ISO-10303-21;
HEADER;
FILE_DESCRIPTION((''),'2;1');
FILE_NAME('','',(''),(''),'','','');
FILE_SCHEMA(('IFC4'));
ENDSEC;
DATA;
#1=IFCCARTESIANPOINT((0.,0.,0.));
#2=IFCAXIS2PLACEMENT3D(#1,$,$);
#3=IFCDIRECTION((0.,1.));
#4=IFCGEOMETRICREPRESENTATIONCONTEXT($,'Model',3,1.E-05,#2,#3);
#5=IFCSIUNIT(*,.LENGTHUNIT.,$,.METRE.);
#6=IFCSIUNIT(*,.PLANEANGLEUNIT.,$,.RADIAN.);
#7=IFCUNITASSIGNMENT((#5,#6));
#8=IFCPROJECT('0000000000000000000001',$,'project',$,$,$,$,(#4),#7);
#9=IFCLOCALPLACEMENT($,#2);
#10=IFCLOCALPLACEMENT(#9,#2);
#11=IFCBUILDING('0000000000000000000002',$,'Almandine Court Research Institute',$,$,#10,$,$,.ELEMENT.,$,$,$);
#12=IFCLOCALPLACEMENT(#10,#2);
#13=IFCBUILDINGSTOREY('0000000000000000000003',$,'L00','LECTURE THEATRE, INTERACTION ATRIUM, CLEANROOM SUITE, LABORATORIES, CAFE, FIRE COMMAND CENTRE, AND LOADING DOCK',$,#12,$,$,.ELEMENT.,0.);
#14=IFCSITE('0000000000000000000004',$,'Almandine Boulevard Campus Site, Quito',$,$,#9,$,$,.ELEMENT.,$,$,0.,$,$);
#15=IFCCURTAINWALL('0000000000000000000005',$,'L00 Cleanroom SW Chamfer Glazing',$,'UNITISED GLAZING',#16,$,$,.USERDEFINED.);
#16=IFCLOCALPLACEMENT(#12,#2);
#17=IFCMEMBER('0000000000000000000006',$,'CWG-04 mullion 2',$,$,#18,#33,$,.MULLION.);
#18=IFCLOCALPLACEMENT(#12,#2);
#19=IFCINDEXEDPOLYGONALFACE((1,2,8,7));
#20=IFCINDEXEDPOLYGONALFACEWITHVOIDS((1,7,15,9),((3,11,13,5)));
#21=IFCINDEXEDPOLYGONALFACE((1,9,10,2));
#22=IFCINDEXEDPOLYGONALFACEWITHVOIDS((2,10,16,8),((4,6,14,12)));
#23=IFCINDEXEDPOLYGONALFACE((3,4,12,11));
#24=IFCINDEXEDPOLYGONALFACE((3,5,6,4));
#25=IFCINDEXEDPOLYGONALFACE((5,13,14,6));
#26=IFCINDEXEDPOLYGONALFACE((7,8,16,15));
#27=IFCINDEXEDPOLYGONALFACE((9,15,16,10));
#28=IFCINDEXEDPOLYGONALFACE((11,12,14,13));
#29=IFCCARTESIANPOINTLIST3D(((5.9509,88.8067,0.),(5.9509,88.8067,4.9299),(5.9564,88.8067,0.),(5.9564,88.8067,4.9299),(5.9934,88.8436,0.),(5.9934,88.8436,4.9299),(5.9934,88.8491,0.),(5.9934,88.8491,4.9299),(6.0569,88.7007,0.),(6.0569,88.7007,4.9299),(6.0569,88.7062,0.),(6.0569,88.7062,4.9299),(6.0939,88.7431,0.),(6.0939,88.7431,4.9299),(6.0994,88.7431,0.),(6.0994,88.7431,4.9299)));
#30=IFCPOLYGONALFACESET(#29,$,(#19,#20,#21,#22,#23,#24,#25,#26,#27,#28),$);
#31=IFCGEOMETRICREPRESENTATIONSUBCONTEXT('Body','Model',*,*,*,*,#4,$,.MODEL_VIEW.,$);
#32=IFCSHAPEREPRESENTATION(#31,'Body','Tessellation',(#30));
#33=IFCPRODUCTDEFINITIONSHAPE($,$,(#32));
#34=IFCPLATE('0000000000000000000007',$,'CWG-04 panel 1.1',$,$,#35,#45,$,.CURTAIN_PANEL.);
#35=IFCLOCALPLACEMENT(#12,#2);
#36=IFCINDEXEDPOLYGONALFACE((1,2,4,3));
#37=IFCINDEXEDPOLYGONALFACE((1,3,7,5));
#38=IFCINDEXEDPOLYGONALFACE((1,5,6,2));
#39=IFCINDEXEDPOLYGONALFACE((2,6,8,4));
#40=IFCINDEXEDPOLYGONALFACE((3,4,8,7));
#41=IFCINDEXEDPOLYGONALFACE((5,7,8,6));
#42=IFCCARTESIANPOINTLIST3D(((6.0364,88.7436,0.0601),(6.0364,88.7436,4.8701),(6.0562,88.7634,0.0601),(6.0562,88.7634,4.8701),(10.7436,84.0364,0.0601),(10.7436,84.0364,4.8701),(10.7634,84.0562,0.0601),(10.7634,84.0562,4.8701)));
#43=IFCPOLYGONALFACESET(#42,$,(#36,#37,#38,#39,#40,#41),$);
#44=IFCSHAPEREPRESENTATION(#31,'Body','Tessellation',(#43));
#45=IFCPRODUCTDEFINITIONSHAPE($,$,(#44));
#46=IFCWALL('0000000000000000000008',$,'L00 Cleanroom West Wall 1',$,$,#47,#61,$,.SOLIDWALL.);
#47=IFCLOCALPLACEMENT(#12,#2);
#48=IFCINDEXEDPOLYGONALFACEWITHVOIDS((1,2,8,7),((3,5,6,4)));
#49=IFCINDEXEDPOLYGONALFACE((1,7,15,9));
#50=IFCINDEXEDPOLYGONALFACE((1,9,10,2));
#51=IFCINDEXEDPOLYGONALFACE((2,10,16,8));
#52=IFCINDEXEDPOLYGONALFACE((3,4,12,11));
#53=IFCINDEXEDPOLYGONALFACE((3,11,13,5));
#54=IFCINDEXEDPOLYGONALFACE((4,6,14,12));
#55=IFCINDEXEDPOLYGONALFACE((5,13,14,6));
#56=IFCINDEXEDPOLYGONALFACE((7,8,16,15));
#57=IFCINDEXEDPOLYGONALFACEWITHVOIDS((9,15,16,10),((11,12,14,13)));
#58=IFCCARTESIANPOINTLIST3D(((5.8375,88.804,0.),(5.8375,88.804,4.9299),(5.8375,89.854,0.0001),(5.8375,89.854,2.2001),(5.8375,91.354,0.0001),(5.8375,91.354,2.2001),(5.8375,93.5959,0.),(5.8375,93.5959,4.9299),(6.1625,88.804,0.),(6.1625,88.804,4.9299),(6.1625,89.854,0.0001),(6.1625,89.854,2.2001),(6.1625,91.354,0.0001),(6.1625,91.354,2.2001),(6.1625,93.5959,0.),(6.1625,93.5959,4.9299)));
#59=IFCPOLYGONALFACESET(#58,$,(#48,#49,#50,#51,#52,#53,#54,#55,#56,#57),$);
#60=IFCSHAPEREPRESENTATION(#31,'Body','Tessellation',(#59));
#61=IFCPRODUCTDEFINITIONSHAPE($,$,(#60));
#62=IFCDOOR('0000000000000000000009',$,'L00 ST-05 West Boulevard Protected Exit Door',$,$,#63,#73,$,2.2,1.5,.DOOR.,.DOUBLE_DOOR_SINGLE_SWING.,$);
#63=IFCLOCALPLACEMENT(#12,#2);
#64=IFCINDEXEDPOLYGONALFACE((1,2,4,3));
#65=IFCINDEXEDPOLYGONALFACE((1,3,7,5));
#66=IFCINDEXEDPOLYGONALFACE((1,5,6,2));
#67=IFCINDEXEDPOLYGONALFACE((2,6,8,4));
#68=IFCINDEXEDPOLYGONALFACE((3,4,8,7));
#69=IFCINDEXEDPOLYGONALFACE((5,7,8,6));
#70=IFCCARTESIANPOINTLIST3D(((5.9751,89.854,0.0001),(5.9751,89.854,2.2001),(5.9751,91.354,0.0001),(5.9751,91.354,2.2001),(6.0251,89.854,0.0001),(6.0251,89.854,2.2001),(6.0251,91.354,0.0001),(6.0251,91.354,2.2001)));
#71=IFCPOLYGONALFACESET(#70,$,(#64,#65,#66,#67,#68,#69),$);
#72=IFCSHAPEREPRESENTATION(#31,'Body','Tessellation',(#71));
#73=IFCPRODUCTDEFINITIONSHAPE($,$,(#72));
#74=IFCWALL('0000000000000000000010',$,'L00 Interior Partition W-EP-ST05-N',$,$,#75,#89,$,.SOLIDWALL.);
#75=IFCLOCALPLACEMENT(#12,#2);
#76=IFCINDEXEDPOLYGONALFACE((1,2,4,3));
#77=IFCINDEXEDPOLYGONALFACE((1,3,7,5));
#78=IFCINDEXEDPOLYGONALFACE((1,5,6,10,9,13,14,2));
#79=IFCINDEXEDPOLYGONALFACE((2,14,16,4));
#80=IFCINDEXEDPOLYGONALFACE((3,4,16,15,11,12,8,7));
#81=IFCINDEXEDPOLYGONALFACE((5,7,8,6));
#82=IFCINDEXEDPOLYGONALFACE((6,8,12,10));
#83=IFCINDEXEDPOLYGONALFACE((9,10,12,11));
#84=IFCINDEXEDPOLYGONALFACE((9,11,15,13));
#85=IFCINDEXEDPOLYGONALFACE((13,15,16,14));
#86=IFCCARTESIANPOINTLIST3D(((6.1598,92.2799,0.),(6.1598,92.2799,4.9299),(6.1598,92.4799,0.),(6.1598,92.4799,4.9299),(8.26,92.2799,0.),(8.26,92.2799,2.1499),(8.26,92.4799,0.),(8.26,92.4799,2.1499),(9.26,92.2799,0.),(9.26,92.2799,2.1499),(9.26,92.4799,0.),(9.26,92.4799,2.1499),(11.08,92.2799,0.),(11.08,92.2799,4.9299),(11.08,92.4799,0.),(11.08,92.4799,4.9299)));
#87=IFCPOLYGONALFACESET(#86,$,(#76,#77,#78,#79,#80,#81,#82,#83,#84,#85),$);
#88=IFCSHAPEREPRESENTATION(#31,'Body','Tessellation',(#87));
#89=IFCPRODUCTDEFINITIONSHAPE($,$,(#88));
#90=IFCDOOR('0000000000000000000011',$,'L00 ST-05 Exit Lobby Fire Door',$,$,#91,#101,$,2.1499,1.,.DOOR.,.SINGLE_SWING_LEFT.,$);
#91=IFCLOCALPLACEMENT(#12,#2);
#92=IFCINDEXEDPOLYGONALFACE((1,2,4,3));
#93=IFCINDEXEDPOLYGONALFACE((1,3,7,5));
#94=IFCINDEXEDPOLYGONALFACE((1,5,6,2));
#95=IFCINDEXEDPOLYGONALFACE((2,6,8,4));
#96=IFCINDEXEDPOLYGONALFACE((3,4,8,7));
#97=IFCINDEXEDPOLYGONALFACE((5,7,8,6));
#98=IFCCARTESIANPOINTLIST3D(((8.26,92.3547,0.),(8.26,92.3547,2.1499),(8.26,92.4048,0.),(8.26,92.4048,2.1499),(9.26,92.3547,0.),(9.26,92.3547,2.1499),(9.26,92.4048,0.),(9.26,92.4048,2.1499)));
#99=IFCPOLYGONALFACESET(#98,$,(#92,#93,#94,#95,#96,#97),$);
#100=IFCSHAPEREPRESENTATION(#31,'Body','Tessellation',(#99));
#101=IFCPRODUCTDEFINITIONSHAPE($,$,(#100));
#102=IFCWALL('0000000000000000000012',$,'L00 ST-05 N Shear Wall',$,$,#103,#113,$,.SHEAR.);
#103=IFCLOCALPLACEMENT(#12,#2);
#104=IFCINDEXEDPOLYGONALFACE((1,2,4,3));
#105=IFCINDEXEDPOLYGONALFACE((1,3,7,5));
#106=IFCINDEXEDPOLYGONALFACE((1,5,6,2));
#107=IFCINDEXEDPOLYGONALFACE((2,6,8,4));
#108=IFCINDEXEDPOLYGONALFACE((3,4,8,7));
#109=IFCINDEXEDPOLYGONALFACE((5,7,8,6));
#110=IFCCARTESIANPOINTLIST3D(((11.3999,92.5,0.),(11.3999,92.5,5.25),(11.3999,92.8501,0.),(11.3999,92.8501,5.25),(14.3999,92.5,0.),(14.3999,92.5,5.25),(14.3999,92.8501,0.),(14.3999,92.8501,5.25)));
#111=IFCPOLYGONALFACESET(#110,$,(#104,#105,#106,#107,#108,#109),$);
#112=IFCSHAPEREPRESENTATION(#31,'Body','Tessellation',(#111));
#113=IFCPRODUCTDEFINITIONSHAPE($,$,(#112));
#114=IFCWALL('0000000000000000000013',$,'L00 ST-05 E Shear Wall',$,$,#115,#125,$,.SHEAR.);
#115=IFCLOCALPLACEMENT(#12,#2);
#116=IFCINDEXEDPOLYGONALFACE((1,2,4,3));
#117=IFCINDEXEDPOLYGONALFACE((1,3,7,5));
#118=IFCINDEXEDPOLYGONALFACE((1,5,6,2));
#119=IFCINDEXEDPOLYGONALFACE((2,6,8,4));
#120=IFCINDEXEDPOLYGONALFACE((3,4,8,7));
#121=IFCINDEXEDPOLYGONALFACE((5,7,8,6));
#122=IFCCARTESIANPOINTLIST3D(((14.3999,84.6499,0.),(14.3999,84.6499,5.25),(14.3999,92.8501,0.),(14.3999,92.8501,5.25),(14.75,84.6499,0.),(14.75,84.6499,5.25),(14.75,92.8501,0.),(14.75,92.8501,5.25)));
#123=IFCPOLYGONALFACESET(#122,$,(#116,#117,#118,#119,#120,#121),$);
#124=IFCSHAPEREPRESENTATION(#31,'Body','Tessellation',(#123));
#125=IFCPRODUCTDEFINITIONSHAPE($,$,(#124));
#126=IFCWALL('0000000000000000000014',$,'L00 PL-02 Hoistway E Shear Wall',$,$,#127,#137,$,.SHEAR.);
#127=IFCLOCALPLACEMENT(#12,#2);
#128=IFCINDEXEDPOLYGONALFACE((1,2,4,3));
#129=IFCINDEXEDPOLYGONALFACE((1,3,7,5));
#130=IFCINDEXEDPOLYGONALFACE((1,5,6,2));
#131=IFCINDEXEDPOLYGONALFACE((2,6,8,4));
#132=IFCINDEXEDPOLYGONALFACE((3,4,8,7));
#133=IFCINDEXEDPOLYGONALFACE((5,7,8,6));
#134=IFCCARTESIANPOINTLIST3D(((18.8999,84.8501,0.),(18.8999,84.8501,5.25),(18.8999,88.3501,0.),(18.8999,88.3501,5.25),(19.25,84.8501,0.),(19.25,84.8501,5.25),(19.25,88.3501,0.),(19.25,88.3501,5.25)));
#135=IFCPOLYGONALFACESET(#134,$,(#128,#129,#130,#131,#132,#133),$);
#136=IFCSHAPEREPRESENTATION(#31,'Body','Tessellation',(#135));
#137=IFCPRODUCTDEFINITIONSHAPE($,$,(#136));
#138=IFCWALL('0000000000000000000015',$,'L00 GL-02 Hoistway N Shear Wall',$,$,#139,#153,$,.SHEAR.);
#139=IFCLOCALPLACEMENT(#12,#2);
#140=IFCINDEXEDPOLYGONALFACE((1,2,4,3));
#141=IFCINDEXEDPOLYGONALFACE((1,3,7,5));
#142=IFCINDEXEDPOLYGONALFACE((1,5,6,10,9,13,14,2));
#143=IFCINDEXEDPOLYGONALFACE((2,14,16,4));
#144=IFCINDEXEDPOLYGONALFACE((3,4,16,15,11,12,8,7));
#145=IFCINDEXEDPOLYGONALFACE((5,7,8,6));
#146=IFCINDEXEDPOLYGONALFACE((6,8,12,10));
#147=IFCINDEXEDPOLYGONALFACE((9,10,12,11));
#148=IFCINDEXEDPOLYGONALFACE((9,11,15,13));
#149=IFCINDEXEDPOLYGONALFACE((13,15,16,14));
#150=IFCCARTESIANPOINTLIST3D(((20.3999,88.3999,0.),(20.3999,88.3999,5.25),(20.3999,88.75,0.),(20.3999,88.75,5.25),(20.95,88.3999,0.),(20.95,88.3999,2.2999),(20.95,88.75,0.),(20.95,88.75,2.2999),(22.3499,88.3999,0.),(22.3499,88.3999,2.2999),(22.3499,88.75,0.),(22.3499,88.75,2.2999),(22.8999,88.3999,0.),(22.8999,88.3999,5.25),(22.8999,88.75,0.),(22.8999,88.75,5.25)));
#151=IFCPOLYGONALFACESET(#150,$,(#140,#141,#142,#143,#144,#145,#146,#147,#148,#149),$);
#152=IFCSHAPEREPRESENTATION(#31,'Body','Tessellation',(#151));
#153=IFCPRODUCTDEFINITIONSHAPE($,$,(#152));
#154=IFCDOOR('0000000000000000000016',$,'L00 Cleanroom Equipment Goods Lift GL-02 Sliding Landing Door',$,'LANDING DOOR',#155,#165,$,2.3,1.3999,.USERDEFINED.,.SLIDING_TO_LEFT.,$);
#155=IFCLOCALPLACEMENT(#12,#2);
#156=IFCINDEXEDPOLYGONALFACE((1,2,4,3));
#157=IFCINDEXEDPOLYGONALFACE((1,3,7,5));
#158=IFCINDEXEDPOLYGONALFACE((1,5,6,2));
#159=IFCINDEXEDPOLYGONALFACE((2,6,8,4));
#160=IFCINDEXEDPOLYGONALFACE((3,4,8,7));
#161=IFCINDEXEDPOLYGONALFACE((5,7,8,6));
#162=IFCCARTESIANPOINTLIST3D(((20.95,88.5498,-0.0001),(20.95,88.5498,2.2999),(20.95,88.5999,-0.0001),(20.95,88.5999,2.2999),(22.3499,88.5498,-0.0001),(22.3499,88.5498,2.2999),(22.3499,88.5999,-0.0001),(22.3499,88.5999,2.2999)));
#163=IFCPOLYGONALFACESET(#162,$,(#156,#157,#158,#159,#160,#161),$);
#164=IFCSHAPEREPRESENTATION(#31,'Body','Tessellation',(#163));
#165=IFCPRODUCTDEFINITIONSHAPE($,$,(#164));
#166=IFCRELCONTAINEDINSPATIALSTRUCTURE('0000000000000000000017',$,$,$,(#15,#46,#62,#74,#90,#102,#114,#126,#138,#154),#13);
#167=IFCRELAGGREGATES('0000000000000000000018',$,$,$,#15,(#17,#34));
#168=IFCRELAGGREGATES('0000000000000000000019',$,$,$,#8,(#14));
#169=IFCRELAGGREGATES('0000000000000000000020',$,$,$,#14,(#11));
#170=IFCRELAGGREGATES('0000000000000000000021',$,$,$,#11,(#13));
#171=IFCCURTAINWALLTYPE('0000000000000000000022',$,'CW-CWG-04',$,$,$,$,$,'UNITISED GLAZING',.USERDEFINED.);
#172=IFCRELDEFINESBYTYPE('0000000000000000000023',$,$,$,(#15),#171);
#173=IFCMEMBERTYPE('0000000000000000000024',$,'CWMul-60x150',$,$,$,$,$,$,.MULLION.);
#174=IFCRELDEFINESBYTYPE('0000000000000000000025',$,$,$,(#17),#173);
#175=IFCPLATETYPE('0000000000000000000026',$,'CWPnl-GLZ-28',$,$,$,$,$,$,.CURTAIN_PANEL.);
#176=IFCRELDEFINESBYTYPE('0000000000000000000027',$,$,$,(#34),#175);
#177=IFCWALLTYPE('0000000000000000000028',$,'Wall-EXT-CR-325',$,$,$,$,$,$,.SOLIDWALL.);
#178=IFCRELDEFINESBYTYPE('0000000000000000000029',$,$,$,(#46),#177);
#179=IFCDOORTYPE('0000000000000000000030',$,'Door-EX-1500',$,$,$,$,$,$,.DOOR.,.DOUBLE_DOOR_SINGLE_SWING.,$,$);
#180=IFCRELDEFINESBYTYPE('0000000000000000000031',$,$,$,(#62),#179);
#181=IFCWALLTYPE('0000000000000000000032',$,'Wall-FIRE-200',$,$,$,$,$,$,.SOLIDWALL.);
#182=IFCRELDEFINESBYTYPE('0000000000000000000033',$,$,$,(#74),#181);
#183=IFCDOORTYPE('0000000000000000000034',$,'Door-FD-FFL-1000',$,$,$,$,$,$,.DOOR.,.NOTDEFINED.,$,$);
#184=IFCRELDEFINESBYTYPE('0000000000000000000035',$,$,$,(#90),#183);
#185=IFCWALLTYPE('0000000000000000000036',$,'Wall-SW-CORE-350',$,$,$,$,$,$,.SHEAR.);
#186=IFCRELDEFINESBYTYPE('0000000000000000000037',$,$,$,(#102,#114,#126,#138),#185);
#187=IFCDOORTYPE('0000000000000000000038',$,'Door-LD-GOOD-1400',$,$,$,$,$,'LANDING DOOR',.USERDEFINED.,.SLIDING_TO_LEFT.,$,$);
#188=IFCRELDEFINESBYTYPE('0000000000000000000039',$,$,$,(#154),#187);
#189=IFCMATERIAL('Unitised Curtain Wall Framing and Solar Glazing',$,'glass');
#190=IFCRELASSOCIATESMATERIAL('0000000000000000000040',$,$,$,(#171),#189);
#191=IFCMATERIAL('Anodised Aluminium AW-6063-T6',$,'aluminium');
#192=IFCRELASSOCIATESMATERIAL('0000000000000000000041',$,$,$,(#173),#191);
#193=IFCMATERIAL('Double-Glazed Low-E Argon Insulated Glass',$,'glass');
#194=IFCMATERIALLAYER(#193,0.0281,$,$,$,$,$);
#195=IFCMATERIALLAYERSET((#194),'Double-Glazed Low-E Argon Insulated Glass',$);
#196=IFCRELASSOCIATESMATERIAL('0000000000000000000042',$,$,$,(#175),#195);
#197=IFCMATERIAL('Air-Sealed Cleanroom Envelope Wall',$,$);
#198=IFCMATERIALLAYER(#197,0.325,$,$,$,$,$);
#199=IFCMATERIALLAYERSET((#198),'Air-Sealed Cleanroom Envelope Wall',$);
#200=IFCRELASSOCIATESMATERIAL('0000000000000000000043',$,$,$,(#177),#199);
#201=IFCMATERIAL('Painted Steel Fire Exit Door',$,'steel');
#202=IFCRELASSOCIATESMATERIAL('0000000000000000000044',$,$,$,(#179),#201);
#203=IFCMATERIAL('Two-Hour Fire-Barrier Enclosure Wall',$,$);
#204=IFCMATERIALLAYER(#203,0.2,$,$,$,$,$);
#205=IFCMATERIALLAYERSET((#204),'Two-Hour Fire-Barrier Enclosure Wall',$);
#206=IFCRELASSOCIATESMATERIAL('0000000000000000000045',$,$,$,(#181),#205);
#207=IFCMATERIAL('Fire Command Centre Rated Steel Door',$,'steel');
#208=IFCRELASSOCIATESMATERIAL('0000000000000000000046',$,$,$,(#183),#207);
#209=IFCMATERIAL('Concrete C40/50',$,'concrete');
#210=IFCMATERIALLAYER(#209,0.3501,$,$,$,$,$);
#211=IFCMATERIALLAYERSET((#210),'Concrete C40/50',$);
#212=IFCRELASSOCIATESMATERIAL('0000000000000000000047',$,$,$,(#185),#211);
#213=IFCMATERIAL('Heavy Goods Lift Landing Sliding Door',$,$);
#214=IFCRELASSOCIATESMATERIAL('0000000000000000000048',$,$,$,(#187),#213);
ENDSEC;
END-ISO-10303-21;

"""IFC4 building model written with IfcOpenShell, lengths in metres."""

from ifc_helpers import new_model, si_unit, direction, frame, frame_2d, origin, origin_2d, place, context, subcontext, project, spatial, rectangle, hollow_rectangle, extrude, material, layer, layer_set, material_profile, profile_set, type_object, element, fill, aggregate, save


model = new_model("IFC4")

# Units and contexts
model_context = context("Model", 3, precision=1e-05, world=origin(), true_north=direction((0.0, 1.0)))
body_context = subcontext(model_context, "Body", "Model", "MODEL_VIEW")
ifc_project = project(units=[si_unit("LENGTHUNIT", "METRE"), si_unit("PLANEANGLEUNIT", "RADIAN")], contexts=[model_context])

# Site, building, storey
site_placement = place(None, origin())
site = spatial("IfcSite", under=ifc_project, at=site_placement, Name="Almandine Boulevard Campus Site, Quito", CompositionType="ELEMENT", RefElevation=0.0)
building_placement = place(site_placement, origin())
building = spatial("IfcBuilding", under=site, at=building_placement, Name="Almandine Court Research Institute", CompositionType="ELEMENT")
storey_placement = place(building_placement, origin())
storey = spatial("IfcBuildingStorey", under=building, at=storey_placement, Name="L00", Description="LECTURE THEATRE, INTERACTION ATRIUM, CLEANROOM SUITE, LABORATORIES, CAFE, FIRE COMMAND CENTRE, AND LOADING DOCK", CompositionType="ELEMENT", Elevation=0.0)

# Curtain wall, member, plate
ifc_material_1 = material(Name="Unitised Curtain Wall Framing and Solar Glazing", Category="glass")
curtain_wall_type = type_object("IfcCurtainWallType", Name="CW-CWG-04", ElementType="UNITISED GLAZING", PredefinedType="USERDEFINED", material=ifc_material_1)
curtain_wall_placement = place(storey_placement, origin())
curtain_wall = element("IfcCurtainWall", 1, at=curtain_wall_placement, inside=storey, type_object=curtain_wall_type, Name="L00 Cleanroom SW Chamfer Glazing", ObjectType="UNITISED GLAZING", PredefinedType="USERDEFINED")
ifc_material_2 = material(Name="Anodised Aluminium AW-6063-T6", Category="aluminium")
ifc_material_profile_1 = material_profile(ifc_material_2, hollow_rectangle(XDim=0.0601, YDim=0.1499, WallThickness=0.0039, at=origin_2d()), Name="ALU RHS 60x150x4")
ifc_profile_set_1 = profile_set([ifc_material_profile_1], Name="Anodised Aluminium AW-6063-T6")
member_type = type_object("IfcMemberType", Name="CWMul-60x150", PredefinedType="MULLION", material=ifc_profile_set_1)
member_placement = place(storey_placement, frame((6.0251, 88.7749, 0.0), z_axis=(0.0, 0.0, 1.0), x_axis=(-0.707107, -0.707107, 0.0)))
member = element("IfcMember", 2, at=member_placement, type_object=member_type, Name="CWG-04 mullion 2", PredefinedType="MULLION", context=body_context, shape_type="SweptSolid", body=[
    extrude(hollow_rectangle(XDim=0.0601, YDim=0.1499, WallThickness=0.0039, at=origin_2d()), origin(), (0.0, 0.0, 1.0), 4.9299),
])
ifc_material_3 = material(Name="Double-Glazed Low-E Argon Insulated Glass", Category="glass")
ifc_layer_1 = layer(ifc_material_3, 0.0281)
ifc_layer_set_1 = layer_set([ifc_layer_1], Name="Double-Glazed Low-E Argon Insulated Glass")
plate_type = type_object("IfcPlateType", Name="CWPnl-GLZ-28", PredefinedType="CURTAIN_PANEL", material=ifc_layer_set_1)
plate_placement = place(storey_placement, frame((8.3999, 86.3999, 0.0601), z_axis=(0.0, 0.0, 1.0), x_axis=(-0.707107, 0.707107, 0.0)))
plate = element("IfcPlate", 3, at=plate_placement, type_object=plate_type, Name="CWG-04 panel 1.1", PredefinedType="CURTAIN_PANEL", context=body_context, shape_type="SweptSolid", body=[
    extrude(rectangle(XDim=6.657, YDim=0.0281, at=origin_2d()), origin(), (0.0, 0.0, 1.0), 4.8101),
])
aggregate(curtain_wall, [member, plate])

# Walls, openings, doors
ifc_material_4 = material(Name="Air-Sealed Cleanroom Envelope Wall")
ifc_layer_2 = layer(ifc_material_4, 0.325)
ifc_layer_set_2 = layer_set([ifc_layer_2], Name="Air-Sealed Cleanroom Envelope Wall")
wall_type_1 = type_object("IfcWallType", Name="Wall-EXT-CR-325", PredefinedType="SOLIDWALL", material=ifc_layer_set_2)
wall_1_placement = place(storey_placement, frame((6.0, 88.804, 0.0), z_axis=(0.0, 0.0, 1.0), x_axis=(0.0, 1.0, 0.0)))
wall_1 = element("IfcWall", 4, at=wall_1_placement, inside=storey, type_object=wall_type_1, Name="L00 Cleanroom West Wall 1", PredefinedType="SOLIDWALL", context=body_context, shape_type="SweptSolid", body=[
    extrude(rectangle(XDim=4.792, YDim=0.325, at=frame_2d((2.396, 0.0))), origin(), (0.0, 0.0, 1.0), 4.9299),
])
opening_1_placement = place(wall_1_placement, frame((1.05, 0.0, 0.0)))
opening_1 = element("IfcOpeningElement", 5, at=opening_1_placement, cuts=wall_1, PredefinedType="OPENING", context=body_context, shape_type="SweptSolid", body=[
    extrude(rectangle(XDim=1.5, YDim=2.2, at=frame_2d((0.75, 1.1001))), frame((0.0, 0.1724, 0.0), z_axis=(0.0, -1.0, 0.0), x_axis=(1.0, 0.0, 0.0)), (0.0, 0.0, 1.0), 0.345),
])
ifc_material_5 = material(Name="Painted Steel Fire Exit Door", Category="steel")
door_type_1 = type_object("IfcDoorType", Name="Door-EX-1500", OperationType="DOUBLE_DOOR_SINGLE_SWING", PredefinedType="DOOR", material=ifc_material_5)
door_1_placement = place(opening_1_placement, origin())
door_1 = element("IfcDoor", 6, at=door_1_placement, inside=storey, type_object=door_type_1, Name="L00 ST-05 West Boulevard Protected Exit Door", OperationType="DOUBLE_DOOR_SINGLE_SWING", OverallHeight=2.2, OverallWidth=1.5, PredefinedType="DOOR", context=body_context, shape_type="SweptSolid", body=[
    extrude(rectangle(XDim=1.5, YDim=2.2, at=frame_2d((0.75, 1.1001))), frame((0.0, 0.0249, 0.0), z_axis=(0.0, -1.0, 0.0), x_axis=(1.0, 0.0, 0.0)), (0.0, 0.0, 1.0), 0.05),
])
fill(opening_1, door_1)
ifc_material_6 = material(Name="Two-Hour Fire-Barrier Enclosure Wall")
ifc_layer_3 = layer(ifc_material_6, 0.2)
ifc_layer_set_3 = layer_set([ifc_layer_3], Name="Two-Hour Fire-Barrier Enclosure Wall")
wall_type_2 = type_object("IfcWallType", Name="Wall-FIRE-200", PredefinedType="SOLIDWALL", material=ifc_layer_set_3)
wall_2_placement = place(storey_placement, frame((6.1599, 92.3799, 0.0), z_axis=(0.0, 0.0, 1.0), x_axis=(1.0, 0.0, 0.0)))
wall_2 = element("IfcWall", 7, at=wall_2_placement, inside=storey, type_object=wall_type_2, Name="L00 Interior Partition W-EP-ST05-N", PredefinedType="SOLIDWALL", context=body_context, shape_type="SweptSolid", body=[
    extrude(rectangle(XDim=4.9202, YDim=0.2, at=frame_2d((2.46, 0.0))), origin(), (0.0, 0.0, 1.0), 4.9299),
])
opening_2_placement = place(wall_2_placement, frame((2.1001, 0.0, 0.0)))
opening_2 = element("IfcOpeningElement", 8, at=opening_2_placement, cuts=wall_2, PredefinedType="OPENING", context=body_context, shape_type="SweptSolid", body=[
    extrude(rectangle(XDim=1.0, YDim=2.1499, at=frame_2d((0.5, 1.075))), frame((0.0, 0.1099, 0.0), z_axis=(0.0, -1.0, 0.0), x_axis=(1.0, 0.0, 0.0)), (0.0, 0.0, 1.0), 0.22),
])
ifc_material_7 = material(Name="Fire Command Centre Rated Steel Door", Category="steel")
door_type_2 = type_object("IfcDoorType", Name="Door-FD-FFL-1000", OperationType="NOTDEFINED", PredefinedType="DOOR", material=ifc_material_7)
door_2_placement = place(opening_2_placement, origin())
door_2 = element("IfcDoor", 9, at=door_2_placement, inside=storey, type_object=door_type_2, Name="L00 ST-05 Exit Lobby Fire Door", OperationType="SINGLE_SWING_LEFT", OverallHeight=2.1499, OverallWidth=1.0, PredefinedType="DOOR", context=body_context, shape_type="SweptSolid", body=[
    extrude(rectangle(XDim=1.0, YDim=2.1499, at=frame_2d((0.5, 1.075))), frame((0.0, 0.0249, 0.0), z_axis=(0.0, -1.0, 0.0), x_axis=(1.0, 0.0, 0.0)), (0.0, 0.0, 1.0), 0.05),
])
fill(opening_2, door_2)

# Walls
ifc_material_8 = material(Name="Concrete C40/50", Category="concrete")
ifc_layer_4 = layer(ifc_material_8, 0.3501)
ifc_layer_set_4 = layer_set([ifc_layer_4], Name="Concrete C40/50")
wall_type_3 = type_object("IfcWallType", Name="Wall-SW-CORE-350", PredefinedType="SHEAR", material=ifc_layer_set_4)
wall_3_placement = place(storey_placement, frame((11.3999, 92.675, 0.0), z_axis=(0.0, 0.0, 1.0), x_axis=(1.0, 0.0, 0.0)))
element("IfcWall", 10, at=wall_3_placement, inside=storey, type_object=wall_type_3, Name="L00 ST-05 N Shear Wall", PredefinedType="SHEAR", context=body_context, shape_type="SweptSolid", body=[
    extrude(rectangle(XDim=3.0, YDim=0.3501, at=frame_2d((1.5, 0.0))), origin(), (0.0, 0.0, 1.0), 5.25),
])
wall_4_placement = place(storey_placement, frame((14.575, 92.8501, 0.0), z_axis=(0.0, 0.0, 1.0), x_axis=(0.0, -1.0, 0.0)))
element("IfcWall", 11, at=wall_4_placement, inside=storey, type_object=wall_type_3, Name="L00 ST-05 E Shear Wall", PredefinedType="SHEAR", context=body_context, shape_type="SweptSolid", body=[
    extrude(rectangle(XDim=8.2002, YDim=0.3501, at=frame_2d((4.1001, 0.0))), origin(), (0.0, 0.0, 1.0), 5.25),
])

# Wall
wall_5_placement = place(storey_placement, frame((19.075, 88.3501, 0.0), z_axis=(0.0, 0.0, 1.0), x_axis=(0.0, -1.0, 0.0)))
element("IfcWall", 12, at=wall_5_placement, inside=storey, type_object=wall_type_3, Name="L00 PL-02 Hoistway E Shear Wall", PredefinedType="SHEAR", context=body_context, shape_type="SweptSolid", body=[
    extrude(rectangle(XDim=3.5, YDim=0.3501, at=frame_2d((1.75, 0.0))), origin(), (0.0, 0.0, 1.0), 5.25),
])

# Wall, opening, door
wall_6_placement = place(storey_placement, frame((20.3999, 88.575, 0.0), z_axis=(0.0, 0.0, 1.0), x_axis=(1.0, 0.0, 0.0)))
wall_6 = element("IfcWall", 13, at=wall_6_placement, inside=storey, type_object=wall_type_3, Name="L00 GL-02 Hoistway N Shear Wall", PredefinedType="SHEAR", context=body_context, shape_type="SweptSolid", body=[
    extrude(rectangle(XDim=2.5, YDim=0.3501, at=frame_2d((1.25, 0.0))), origin(), (0.0, 0.0, 1.0), 5.25),
])
opening_3_placement = place(wall_6_placement, frame((0.55, 0.0, 0.0)))
opening_3 = element("IfcOpeningElement", 14, at=opening_3_placement, cuts=wall_6, PredefinedType="OPENING", context=body_context, shape_type="SweptSolid", body=[
    extrude(rectangle(XDim=1.3999, YDim=2.3, at=frame_2d((0.7, 1.1499))), frame((0.0, 0.1851, 0.0), z_axis=(0.0, -1.0, 0.0), x_axis=(1.0, 0.0, 0.0)), (0.0, 0.0, 1.0), 0.3701),
])
ifc_material_9 = material(Name="Heavy Goods Lift Landing Sliding Door")
door_type_3 = type_object("IfcDoorType", Name="Door-LD-GOOD-1400", ElementType="LANDING DOOR", OperationType="SLIDING_TO_LEFT", PredefinedType="USERDEFINED", material=ifc_material_9)
door_3_placement = place(opening_3_placement, origin())
door_3 = element("IfcDoor", 15, at=door_3_placement, inside=storey, type_object=door_type_3, Name="L00 Cleanroom Equipment Goods Lift GL-02 Sliding Landing Door", ObjectType="LANDING DOOR", OperationType="SLIDING_TO_LEFT", OverallHeight=2.3, OverallWidth=1.3999, PredefinedType="USERDEFINED", context=body_context, shape_type="SweptSolid", body=[
    extrude(rectangle(XDim=1.3999, YDim=2.3, at=frame_2d((0.7, 1.1499))), frame((0.0, 0.0249, 0.0), z_axis=(0.0, -1.0, 0.0), x_axis=(1.0, 0.0, 0.0)), (0.0, 0.0, 1.0), 0.05),
])
fill(opening_3, door_3)

save(model, "model.ifc")
